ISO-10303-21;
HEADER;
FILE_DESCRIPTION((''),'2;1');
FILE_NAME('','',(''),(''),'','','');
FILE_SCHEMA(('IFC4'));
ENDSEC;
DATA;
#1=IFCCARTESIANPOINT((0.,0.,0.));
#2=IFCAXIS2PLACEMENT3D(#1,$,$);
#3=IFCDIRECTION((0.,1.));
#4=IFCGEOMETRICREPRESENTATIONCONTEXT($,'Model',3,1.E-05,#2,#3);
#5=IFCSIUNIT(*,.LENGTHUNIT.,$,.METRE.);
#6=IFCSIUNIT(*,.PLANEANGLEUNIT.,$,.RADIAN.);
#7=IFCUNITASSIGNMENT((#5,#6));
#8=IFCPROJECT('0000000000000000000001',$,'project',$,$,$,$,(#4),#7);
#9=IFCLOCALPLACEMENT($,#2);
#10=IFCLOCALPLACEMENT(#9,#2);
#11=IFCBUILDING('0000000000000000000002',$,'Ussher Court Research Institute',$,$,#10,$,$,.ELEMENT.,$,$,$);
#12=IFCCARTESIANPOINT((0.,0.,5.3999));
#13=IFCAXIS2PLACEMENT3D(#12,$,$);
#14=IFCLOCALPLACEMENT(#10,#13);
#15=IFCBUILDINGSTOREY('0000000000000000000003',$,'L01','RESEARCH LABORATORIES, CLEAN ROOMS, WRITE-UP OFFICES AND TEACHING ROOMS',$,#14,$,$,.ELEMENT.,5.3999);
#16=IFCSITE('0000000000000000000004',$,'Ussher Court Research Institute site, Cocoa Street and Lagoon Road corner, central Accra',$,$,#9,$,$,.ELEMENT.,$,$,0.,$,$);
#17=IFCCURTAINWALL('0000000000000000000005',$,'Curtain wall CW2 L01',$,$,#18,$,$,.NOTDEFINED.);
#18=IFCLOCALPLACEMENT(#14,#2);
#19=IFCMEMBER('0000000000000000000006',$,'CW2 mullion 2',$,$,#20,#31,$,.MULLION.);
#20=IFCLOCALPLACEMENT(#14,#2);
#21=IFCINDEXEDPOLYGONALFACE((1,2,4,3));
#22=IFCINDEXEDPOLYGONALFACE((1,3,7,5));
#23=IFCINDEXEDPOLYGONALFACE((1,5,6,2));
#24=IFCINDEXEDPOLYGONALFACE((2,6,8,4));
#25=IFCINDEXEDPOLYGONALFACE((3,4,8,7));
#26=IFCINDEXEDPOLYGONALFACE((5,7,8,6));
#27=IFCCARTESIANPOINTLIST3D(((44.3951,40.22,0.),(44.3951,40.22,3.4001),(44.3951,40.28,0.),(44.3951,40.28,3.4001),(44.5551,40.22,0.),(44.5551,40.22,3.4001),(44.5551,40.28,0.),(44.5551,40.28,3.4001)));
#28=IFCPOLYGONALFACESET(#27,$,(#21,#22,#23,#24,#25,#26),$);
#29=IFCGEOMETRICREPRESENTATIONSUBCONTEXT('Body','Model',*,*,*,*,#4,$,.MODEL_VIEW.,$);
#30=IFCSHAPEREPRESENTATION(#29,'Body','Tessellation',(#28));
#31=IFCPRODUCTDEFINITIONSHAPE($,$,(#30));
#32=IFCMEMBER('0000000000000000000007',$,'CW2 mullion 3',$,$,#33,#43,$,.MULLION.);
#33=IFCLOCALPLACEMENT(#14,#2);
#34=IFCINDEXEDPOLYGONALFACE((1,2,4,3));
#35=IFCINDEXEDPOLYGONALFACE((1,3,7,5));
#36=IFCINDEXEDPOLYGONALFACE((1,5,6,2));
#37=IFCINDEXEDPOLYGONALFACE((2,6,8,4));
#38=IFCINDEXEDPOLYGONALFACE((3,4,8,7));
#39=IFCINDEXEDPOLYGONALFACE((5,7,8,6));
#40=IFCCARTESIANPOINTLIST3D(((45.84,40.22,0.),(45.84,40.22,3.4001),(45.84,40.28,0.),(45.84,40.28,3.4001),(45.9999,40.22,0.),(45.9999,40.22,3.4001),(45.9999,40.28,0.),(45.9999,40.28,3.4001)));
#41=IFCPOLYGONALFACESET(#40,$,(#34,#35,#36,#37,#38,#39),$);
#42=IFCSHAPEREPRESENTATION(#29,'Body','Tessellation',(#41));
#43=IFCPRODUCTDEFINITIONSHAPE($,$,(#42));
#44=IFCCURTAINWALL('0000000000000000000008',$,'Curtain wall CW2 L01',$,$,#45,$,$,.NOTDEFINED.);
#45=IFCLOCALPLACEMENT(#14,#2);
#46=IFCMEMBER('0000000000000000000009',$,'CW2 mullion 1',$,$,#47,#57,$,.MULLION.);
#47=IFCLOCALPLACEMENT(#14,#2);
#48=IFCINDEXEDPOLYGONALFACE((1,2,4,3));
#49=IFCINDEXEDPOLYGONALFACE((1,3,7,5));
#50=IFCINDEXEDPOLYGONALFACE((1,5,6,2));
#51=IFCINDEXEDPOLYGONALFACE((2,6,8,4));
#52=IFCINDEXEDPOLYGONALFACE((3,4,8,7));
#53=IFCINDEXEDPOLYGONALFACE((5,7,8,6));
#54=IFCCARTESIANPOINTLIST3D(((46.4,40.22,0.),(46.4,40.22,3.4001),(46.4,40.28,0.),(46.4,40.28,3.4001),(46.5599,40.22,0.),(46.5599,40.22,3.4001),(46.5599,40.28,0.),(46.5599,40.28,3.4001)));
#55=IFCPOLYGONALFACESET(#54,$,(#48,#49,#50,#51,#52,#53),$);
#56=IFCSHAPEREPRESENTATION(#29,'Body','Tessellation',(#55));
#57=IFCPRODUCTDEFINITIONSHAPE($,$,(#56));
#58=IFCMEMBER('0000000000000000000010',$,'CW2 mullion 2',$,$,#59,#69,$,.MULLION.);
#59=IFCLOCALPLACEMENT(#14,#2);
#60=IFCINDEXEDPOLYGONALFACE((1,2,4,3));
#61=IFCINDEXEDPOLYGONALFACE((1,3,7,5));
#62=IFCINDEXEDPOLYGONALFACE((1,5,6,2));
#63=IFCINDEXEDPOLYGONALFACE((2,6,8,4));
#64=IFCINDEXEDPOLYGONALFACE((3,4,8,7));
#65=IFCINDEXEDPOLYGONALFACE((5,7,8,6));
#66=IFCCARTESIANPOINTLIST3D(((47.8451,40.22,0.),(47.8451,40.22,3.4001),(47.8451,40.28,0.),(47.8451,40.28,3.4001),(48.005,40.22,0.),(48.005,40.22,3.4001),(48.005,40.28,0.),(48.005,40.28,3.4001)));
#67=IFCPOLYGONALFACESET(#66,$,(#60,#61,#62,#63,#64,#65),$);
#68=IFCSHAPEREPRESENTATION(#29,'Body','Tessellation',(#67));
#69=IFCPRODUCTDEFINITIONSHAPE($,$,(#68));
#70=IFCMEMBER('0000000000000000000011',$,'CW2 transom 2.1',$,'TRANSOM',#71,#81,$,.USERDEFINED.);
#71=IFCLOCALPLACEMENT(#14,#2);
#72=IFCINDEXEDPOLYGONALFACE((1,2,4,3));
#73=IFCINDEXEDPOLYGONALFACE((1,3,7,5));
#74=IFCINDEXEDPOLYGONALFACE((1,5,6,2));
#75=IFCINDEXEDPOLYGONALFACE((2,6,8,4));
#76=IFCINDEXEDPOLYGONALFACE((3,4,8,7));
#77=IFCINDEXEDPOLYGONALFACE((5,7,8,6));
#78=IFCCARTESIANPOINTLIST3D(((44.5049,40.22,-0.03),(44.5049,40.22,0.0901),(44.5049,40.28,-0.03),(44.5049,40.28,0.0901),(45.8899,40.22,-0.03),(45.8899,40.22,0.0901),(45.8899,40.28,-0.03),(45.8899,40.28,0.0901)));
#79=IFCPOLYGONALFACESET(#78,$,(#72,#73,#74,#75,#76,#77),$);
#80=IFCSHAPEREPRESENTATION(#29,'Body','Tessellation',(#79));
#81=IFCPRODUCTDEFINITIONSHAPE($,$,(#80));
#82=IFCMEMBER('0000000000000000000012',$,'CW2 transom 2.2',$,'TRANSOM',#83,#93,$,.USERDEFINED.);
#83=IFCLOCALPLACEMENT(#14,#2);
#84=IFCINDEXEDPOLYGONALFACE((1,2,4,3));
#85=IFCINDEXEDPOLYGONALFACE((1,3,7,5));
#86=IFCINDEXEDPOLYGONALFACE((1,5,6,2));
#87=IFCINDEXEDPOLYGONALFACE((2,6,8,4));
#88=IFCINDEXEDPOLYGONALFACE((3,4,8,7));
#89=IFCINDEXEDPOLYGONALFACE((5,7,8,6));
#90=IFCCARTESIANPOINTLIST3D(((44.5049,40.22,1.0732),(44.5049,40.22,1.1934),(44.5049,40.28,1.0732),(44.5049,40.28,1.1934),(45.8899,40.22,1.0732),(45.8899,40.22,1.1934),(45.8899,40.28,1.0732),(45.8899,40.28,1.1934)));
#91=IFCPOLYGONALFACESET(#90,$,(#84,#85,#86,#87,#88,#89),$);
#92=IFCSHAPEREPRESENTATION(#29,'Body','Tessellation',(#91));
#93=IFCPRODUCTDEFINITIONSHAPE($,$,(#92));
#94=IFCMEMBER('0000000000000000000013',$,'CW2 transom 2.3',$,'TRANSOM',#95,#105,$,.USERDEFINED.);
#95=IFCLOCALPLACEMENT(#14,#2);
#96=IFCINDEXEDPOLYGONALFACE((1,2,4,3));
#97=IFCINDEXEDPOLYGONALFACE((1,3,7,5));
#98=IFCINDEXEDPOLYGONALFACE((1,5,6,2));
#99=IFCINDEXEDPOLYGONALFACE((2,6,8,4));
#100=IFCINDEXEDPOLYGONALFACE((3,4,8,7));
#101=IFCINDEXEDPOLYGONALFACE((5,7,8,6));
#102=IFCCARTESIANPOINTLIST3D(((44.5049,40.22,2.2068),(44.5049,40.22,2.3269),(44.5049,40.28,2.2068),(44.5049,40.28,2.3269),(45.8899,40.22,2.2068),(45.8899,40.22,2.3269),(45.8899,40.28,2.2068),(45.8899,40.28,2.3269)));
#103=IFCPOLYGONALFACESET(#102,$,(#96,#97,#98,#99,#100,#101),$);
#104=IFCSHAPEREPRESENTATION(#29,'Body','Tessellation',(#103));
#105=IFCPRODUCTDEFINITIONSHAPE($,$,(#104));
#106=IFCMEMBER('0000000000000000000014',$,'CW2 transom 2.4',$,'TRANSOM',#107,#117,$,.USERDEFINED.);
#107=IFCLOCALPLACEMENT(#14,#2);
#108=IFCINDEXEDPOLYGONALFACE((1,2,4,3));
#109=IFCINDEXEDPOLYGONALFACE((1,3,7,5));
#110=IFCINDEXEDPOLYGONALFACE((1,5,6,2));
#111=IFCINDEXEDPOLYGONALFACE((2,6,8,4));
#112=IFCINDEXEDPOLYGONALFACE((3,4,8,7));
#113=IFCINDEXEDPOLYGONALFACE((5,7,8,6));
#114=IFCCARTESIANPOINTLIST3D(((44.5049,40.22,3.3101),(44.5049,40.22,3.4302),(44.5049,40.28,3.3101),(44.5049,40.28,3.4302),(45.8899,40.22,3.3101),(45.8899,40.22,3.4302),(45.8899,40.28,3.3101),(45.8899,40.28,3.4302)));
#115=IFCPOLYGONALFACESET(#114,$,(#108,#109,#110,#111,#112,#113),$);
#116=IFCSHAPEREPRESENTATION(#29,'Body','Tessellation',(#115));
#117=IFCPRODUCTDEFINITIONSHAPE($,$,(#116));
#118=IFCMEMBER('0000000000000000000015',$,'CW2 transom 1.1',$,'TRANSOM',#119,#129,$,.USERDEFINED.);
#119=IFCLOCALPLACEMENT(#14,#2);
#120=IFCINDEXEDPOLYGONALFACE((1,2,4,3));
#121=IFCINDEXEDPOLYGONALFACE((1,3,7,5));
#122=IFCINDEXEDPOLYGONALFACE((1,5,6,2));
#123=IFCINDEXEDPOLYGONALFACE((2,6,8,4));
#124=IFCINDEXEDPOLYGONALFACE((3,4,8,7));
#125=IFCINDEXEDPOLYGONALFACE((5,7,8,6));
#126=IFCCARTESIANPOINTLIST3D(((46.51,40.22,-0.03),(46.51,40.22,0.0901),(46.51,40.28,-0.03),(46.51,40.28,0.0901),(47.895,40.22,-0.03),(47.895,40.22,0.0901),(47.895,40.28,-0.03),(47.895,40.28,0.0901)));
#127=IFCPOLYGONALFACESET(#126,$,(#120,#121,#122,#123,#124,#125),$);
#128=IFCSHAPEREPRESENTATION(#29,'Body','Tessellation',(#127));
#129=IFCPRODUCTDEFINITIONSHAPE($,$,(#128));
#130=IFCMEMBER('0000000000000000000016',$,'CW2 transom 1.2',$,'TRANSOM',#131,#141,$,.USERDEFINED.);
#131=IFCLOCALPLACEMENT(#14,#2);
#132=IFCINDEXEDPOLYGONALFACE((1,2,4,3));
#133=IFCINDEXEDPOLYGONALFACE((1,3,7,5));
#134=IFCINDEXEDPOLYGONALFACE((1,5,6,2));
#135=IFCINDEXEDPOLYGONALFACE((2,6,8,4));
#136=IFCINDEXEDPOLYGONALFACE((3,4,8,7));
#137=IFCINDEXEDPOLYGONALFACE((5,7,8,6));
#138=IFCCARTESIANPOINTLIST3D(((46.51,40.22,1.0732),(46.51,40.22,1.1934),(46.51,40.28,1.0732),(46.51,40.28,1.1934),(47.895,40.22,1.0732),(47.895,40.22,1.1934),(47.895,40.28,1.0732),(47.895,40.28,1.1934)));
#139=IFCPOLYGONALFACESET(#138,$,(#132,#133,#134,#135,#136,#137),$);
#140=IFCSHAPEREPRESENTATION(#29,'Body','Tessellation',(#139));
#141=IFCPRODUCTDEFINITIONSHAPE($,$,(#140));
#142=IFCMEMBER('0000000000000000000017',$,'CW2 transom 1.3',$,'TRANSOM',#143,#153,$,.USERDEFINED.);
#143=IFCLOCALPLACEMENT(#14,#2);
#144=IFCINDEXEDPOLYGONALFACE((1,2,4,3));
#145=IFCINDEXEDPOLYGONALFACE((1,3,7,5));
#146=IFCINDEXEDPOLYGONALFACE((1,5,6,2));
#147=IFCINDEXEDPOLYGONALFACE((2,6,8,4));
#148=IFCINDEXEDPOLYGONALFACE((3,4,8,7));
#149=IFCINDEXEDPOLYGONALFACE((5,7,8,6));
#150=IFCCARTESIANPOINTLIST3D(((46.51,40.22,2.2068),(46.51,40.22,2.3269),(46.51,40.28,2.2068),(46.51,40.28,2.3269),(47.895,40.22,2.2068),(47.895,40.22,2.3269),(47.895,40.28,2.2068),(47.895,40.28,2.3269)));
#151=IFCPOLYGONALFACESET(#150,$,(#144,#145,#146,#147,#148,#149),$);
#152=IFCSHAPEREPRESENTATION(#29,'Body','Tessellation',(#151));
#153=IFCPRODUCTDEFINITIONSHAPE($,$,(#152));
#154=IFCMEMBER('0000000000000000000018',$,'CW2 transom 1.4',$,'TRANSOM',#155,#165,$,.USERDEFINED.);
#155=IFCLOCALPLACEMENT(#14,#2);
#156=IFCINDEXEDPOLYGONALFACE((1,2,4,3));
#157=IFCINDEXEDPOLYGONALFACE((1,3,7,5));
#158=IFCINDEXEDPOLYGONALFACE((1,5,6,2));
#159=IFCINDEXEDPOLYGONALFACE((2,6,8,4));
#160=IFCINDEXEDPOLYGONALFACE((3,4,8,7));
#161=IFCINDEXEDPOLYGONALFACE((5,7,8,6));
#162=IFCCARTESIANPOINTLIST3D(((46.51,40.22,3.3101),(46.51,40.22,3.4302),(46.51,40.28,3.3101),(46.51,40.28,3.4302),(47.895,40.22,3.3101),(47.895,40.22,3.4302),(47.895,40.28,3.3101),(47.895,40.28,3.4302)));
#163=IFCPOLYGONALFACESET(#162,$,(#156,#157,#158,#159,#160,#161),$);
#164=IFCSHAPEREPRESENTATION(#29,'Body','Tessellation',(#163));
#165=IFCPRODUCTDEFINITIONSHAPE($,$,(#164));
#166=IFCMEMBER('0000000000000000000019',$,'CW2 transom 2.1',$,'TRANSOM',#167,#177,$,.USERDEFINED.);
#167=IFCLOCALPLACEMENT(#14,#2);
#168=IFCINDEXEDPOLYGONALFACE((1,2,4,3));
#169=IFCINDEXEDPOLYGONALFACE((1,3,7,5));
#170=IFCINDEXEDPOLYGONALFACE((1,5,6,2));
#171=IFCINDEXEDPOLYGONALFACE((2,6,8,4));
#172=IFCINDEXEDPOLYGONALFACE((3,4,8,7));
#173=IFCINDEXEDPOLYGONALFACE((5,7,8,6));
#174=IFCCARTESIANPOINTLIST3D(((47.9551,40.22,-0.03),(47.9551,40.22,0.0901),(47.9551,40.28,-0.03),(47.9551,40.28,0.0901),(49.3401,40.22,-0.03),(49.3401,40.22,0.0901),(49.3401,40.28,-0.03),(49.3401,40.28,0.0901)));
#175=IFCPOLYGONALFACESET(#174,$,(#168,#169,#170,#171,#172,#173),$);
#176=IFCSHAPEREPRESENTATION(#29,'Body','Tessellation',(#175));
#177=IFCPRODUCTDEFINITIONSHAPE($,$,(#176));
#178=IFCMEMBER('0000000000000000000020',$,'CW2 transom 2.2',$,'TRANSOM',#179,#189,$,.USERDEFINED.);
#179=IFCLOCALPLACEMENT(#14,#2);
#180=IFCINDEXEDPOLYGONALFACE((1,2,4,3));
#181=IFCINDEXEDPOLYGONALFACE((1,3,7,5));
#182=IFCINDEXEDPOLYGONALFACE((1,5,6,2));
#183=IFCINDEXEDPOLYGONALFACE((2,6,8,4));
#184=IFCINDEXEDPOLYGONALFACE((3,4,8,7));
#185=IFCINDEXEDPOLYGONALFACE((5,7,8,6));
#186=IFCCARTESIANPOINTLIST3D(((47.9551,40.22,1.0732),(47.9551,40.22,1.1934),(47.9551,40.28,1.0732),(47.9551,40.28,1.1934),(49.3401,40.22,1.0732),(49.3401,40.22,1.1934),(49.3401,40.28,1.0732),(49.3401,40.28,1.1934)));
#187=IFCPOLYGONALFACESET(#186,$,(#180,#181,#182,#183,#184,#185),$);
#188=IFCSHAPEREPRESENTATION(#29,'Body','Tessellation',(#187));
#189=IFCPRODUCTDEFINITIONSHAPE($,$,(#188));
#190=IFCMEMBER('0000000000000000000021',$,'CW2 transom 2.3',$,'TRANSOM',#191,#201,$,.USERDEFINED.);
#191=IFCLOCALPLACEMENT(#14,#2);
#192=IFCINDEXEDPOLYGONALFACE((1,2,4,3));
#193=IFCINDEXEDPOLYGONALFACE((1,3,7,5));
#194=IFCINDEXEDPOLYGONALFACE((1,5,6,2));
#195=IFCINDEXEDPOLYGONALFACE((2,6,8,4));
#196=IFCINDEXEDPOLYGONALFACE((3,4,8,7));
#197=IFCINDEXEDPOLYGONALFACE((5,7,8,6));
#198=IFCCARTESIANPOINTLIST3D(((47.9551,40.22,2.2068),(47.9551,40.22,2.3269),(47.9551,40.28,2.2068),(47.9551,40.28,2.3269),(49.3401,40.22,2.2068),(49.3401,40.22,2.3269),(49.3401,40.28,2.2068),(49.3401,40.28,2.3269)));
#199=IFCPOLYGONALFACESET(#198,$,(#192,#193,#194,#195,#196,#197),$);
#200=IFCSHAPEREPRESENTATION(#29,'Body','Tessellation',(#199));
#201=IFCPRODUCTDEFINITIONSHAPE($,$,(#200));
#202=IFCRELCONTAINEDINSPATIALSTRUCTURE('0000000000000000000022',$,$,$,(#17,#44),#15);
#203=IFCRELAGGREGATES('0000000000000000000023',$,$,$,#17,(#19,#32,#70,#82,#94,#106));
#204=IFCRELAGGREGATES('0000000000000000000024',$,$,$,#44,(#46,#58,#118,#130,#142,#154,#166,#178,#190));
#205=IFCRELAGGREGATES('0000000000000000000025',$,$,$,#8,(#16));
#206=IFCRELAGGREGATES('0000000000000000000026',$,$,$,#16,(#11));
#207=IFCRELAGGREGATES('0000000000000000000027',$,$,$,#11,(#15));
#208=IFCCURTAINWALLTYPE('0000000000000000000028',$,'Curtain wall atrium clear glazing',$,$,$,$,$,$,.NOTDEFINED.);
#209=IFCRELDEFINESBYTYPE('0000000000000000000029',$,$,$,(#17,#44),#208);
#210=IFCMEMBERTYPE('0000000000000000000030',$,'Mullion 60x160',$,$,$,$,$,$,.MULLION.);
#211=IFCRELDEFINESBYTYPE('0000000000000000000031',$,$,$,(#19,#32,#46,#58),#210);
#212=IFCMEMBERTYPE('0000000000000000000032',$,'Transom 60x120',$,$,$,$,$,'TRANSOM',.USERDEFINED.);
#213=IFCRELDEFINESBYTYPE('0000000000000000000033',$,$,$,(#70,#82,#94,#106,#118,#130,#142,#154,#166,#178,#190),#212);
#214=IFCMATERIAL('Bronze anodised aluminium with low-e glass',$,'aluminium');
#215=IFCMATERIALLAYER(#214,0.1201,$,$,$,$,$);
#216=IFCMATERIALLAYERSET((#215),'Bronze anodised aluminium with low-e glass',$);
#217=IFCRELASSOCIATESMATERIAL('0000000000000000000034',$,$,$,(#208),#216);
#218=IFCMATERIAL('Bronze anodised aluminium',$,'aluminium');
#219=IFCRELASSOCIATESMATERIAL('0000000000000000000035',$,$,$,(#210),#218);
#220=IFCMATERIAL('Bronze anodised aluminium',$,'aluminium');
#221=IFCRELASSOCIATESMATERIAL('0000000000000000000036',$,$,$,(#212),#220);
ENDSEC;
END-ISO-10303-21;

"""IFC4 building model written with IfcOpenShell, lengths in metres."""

from ifc_helpers import new_model, si_unit, direction, frame, origin, origin_2d, place, context, subcontext, project, spatial, rectangle, extrude, material, layer, layer_set, material_profile, profile_set, type_object, element, aggregate, save


model = new_model("IFC4")

# Units and contexts
model_context = context("Model", 3, precision=1e-05, world=origin(), true_north=direction((0.0, 1.0)))
body_context = subcontext(model_context, "Body", "Model", "MODEL_VIEW")
ifc_project = project(units=[si_unit("LENGTHUNIT", "METRE"), si_unit("PLANEANGLEUNIT", "RADIAN")], contexts=[model_context])

# Site, building, storey
site_placement = place(None, origin())
site = spatial("IfcSite", under=ifc_project, at=site_placement, Name="Ussher Court Research Institute site, Cocoa Street and Lagoon Road corner, central Accra", CompositionType="ELEMENT", RefElevation=0.0)
building_placement = place(site_placement, origin())
building = spatial("IfcBuilding", under=site, at=building_placement, Name="Ussher Court Research Institute", CompositionType="ELEMENT")
storey_placement = place(building_placement, frame((0.0, 0.0, 5.3999)))
storey = spatial("IfcBuildingStorey", under=building, at=storey_placement, Name="L01", Description="RESEARCH LABORATORIES, CLEAN ROOMS, WRITE-UP OFFICES AND TEACHING ROOMS", CompositionType="ELEMENT", Elevation=5.3999)

# Curtain walls, members
ifc_material_1 = material(Name="Bronze anodised aluminium with low-e glass", Category="aluminium")
ifc_layer_1 = layer(ifc_material_1, 0.1201)
ifc_layer_set_1 = layer_set([ifc_layer_1], Name="Bronze anodised aluminium with low-e glass")
curtain_wall_type = type_object("IfcCurtainWallType", Name="Curtain wall atrium clear glazing", PredefinedType="NOTDEFINED", material=ifc_layer_set_1)
curtain_wall_1_placement = place(storey_placement, origin())
curtain_wall_1 = element("IfcCurtainWall", 1, at=curtain_wall_1_placement, inside=storey, type_object=curtain_wall_type, Name="Curtain wall CW2 L01", PredefinedType="NOTDEFINED")
ifc_material_2 = material(Name="Bronze anodised aluminium", Category="aluminium")
ifc_material_profile_1 = material_profile(ifc_material_2, rectangle(XDim=0.0601, YDim=0.1599, at=origin_2d()), Name="Mullion 60x160")
ifc_profile_set_1 = profile_set([ifc_material_profile_1], Name="Bronze anodised aluminium")
member_type_1 = type_object("IfcMemberType", Name="Mullion 60x160", PredefinedType="MULLION", material=ifc_profile_set_1)
member_1_placement = place(storey_placement, frame((44.4751, 40.25, 0.0), z_axis=(0.0, 0.0, 1.0), x_axis=(0.0, 1.0, 0.0)))
member_1 = element("IfcMember", 2, at=member_1_placement, type_object=member_type_1, Name="CW2 mullion 2", PredefinedType="MULLION", context=body_context, shape_type="SweptSolid", body=[
    extrude(rectangle(XDim=0.0601, YDim=0.1599, at=origin_2d()), origin(), (0.0, 0.0, 1.0), 3.4001),
])
member_2_placement = place(storey_placement, frame((45.9199, 40.25, 0.0), z_axis=(0.0, 0.0, 1.0), x_axis=(0.0, 1.0, 0.0)))
member_2 = element("IfcMember", 3, at=member_2_placement, type_object=member_type_1, Name="CW2 mullion 3", PredefinedType="MULLION", context=body_context, shape_type="SweptSolid", body=[
    extrude(rectangle(XDim=0.0601, YDim=0.1599, at=origin_2d()), origin(), (0.0, 0.0, 1.0), 3.4001),
])
curtain_wall_2_placement = place(storey_placement, origin())
curtain_wall_2 = element("IfcCurtainWall", 4, at=curtain_wall_2_placement, inside=storey, type_object=curtain_wall_type, Name="Curtain wall CW2 L01", PredefinedType="NOTDEFINED")
member_3_placement = place(storey_placement, frame((46.48, 40.25, 0.0), z_axis=(0.0, 0.0, 1.0), x_axis=(0.0, 1.0, 0.0)))
member_3 = element("IfcMember", 5, at=member_3_placement, type_object=member_type_1, Name="CW2 mullion 1", PredefinedType="MULLION", context=body_context, shape_type="SweptSolid", body=[
    extrude(rectangle(XDim=0.0601, YDim=0.1599, at=origin_2d()), origin(), (0.0, 0.0, 1.0), 3.4001),
])
member_4_placement = place(storey_placement, frame((47.925, 40.25, 0.0), z_axis=(0.0, 0.0, 1.0), x_axis=(0.0, 1.0, 0.0)))
member_4 = element("IfcMember", 6, at=member_4_placement, type_object=member_type_1, Name="CW2 mullion 2", PredefinedType="MULLION", context=body_context, shape_type="SweptSolid", body=[
    extrude(rectangle(XDim=0.0601, YDim=0.1599, at=origin_2d()), origin(), (0.0, 0.0, 1.0), 3.4001),
])

# Members
ifc_material_3 = material(Name="Bronze anodised aluminium", Category="aluminium")
ifc_material_profile_2 = material_profile(ifc_material_3, rectangle(XDim=0.0601, YDim=0.1201, at=origin_2d()), Name="Transom 60x120")
ifc_profile_set_2 = profile_set([ifc_material_profile_2], Name="Bronze anodised aluminium")
member_type_2 = type_object("IfcMemberType", Name="Transom 60x120", ElementType="TRANSOM", PredefinedType="USERDEFINED", material=ifc_profile_set_2)
member_5_placement = place(storey_placement, frame((44.5049, 40.25, 0.03), z_axis=(1.0, 0.0, 0.0), x_axis=(0.0, 1.0, 0.0)))
member_5 = element("IfcMember", 7, at=member_5_placement, type_object=member_type_2, Name="CW2 transom 2.1", ObjectType="TRANSOM", PredefinedType="USERDEFINED", context=body_context, shape_type="SweptSolid", body=[
    extrude(rectangle(XDim=0.0601, YDim=0.1201, at=origin_2d()), origin(), (0.0, 0.0, 1.0), 1.385),
])
member_6_placement = place(storey_placement, frame((44.5049, 40.25, 1.1333), z_axis=(1.0, 0.0, 0.0), x_axis=(0.0, 1.0, 0.0)))
member_6 = element("IfcMember", 8, at=member_6_placement, type_object=member_type_2, Name="CW2 transom 2.2", ObjectType="TRANSOM", PredefinedType="USERDEFINED", context=body_context, shape_type="SweptSolid", body=[
    extrude(rectangle(XDim=0.0601, YDim=0.1201, at=origin_2d()), origin(), (0.0, 0.0, 1.0), 1.385),
])
member_7_placement = place(storey_placement, frame((44.5049, 40.25, 2.2668), z_axis=(1.0, 0.0, 0.0), x_axis=(0.0, 1.0, 0.0)))
member_7 = element("IfcMember", 9, at=member_7_placement, type_object=member_type_2, Name="CW2 transom 2.3", ObjectType="TRANSOM", PredefinedType="USERDEFINED", context=body_context, shape_type="SweptSolid", body=[
    extrude(rectangle(XDim=0.0601, YDim=0.1201, at=origin_2d()), origin(), (0.0, 0.0, 1.0), 1.385),
])
member_8_placement = place(storey_placement, frame((44.5049, 40.25, 3.3701), z_axis=(1.0, 0.0, 0.0), x_axis=(0.0, 1.0, 0.0)))
member_8 = element("IfcMember", 10, at=member_8_placement, type_object=member_type_2, Name="CW2 transom 2.4", ObjectType="TRANSOM", PredefinedType="USERDEFINED", context=body_context, shape_type="SweptSolid", body=[
    extrude(rectangle(XDim=0.0601, YDim=0.1201, at=origin_2d()), origin(), (0.0, 0.0, 1.0), 1.385),
])
member_9_placement = place(storey_placement, frame((46.51, 40.25, 0.03), z_axis=(1.0, 0.0, 0.0), x_axis=(0.0, 1.0, 0.0)))
member_9 = element("IfcMember", 11, at=member_9_placement, type_object=member_type_2, Name="CW2 transom 1.1", ObjectType="TRANSOM", PredefinedType="USERDEFINED", context=body_context, shape_type="SweptSolid", body=[
    extrude(rectangle(XDim=0.0601, YDim=0.1201, at=origin_2d()), origin(), (0.0, 0.0, 1.0), 1.385),
])
member_10_placement = place(storey_placement, frame((46.51, 40.25, 1.1333), z_axis=(1.0, 0.0, 0.0), x_axis=(0.0, 1.0, 0.0)))
member_10 = element("IfcMember", 12, at=member_10_placement, type_object=member_type_2, Name="CW2 transom 1.2", ObjectType="TRANSOM", PredefinedType="USERDEFINED", context=body_context, shape_type="SweptSolid", body=[
    extrude(rectangle(XDim=0.0601, YDim=0.1201, at=origin_2d()), origin(), (0.0, 0.0, 1.0), 1.385),
])
member_11_placement = place(storey_placement, frame((46.51, 40.25, 2.2668), z_axis=(1.0, 0.0, 0.0), x_axis=(0.0, 1.0, 0.0)))
member_11 = element("IfcMember", 13, at=member_11_placement, type_object=member_type_2, Name="CW2 transom 1.3", ObjectType="TRANSOM", PredefinedType="USERDEFINED", context=body_context, shape_type="SweptSolid", body=[
    extrude(rectangle(XDim=0.0601, YDim=0.1201, at=origin_2d()), origin(), (0.0, 0.0, 1.0), 1.385),
])
member_12_placement = place(storey_placement, frame((46.51, 40.25, 3.3701), z_axis=(1.0, 0.0, 0.0), x_axis=(0.0, 1.0, 0.0)))
member_12 = element("IfcMember", 14, at=member_12_placement, type_object=member_type_2, Name="CW2 transom 1.4", ObjectType="TRANSOM", PredefinedType="USERDEFINED", context=body_context, shape_type="SweptSolid", body=[
    extrude(rectangle(XDim=0.0601, YDim=0.1201, at=origin_2d()), origin(), (0.0, 0.0, 1.0), 1.385),
])
member_13_placement = place(storey_placement, frame((47.9551, 40.25, 0.03), z_axis=(1.0, 0.0, 0.0), x_axis=(0.0, 1.0, 0.0)))
member_13 = element("IfcMember", 15, at=member_13_placement, type_object=member_type_2, Name="CW2 transom 2.1", ObjectType="TRANSOM", PredefinedType="USERDEFINED", context=body_context, shape_type="SweptSolid", body=[
    extrude(rectangle(XDim=0.0601, YDim=0.1201, at=origin_2d()), origin(), (0.0, 0.0, 1.0), 1.385),
])
member_14_placement = place(storey_placement, frame((47.9551, 40.25, 1.1333), z_axis=(1.0, 0.0, 0.0), x_axis=(0.0, 1.0, 0.0)))
member_14 = element("IfcMember", 16, at=member_14_placement, type_object=member_type_2, Name="CW2 transom 2.2", ObjectType="TRANSOM", PredefinedType="USERDEFINED", context=body_context, shape_type="SweptSolid", body=[
    extrude(rectangle(XDim=0.0601, YDim=0.1201, at=origin_2d()), origin(), (0.0, 0.0, 1.0), 1.385),
])
member_15_placement = place(storey_placement, frame((47.9551, 40.25, 2.2668), z_axis=(1.0, 0.0, 0.0), x_axis=(0.0, 1.0, 0.0)))
member_15 = element("IfcMember", 17, at=member_15_placement, type_object=member_type_2, Name="CW2 transom 2.3", ObjectType="TRANSOM", PredefinedType="USERDEFINED", context=body_context, shape_type="SweptSolid", body=[
    extrude(rectangle(XDim=0.0601, YDim=0.1201, at=origin_2d()), origin(), (0.0, 0.0, 1.0), 1.385),
])

aggregate(curtain_wall_1, [member_1, member_2, member_5, member_6, member_7, member_8])
aggregate(curtain_wall_2, [member_3, member_4, member_9, member_10, member_11, member_12, member_13, member_14, member_15])

save(model, "model.ifc")
